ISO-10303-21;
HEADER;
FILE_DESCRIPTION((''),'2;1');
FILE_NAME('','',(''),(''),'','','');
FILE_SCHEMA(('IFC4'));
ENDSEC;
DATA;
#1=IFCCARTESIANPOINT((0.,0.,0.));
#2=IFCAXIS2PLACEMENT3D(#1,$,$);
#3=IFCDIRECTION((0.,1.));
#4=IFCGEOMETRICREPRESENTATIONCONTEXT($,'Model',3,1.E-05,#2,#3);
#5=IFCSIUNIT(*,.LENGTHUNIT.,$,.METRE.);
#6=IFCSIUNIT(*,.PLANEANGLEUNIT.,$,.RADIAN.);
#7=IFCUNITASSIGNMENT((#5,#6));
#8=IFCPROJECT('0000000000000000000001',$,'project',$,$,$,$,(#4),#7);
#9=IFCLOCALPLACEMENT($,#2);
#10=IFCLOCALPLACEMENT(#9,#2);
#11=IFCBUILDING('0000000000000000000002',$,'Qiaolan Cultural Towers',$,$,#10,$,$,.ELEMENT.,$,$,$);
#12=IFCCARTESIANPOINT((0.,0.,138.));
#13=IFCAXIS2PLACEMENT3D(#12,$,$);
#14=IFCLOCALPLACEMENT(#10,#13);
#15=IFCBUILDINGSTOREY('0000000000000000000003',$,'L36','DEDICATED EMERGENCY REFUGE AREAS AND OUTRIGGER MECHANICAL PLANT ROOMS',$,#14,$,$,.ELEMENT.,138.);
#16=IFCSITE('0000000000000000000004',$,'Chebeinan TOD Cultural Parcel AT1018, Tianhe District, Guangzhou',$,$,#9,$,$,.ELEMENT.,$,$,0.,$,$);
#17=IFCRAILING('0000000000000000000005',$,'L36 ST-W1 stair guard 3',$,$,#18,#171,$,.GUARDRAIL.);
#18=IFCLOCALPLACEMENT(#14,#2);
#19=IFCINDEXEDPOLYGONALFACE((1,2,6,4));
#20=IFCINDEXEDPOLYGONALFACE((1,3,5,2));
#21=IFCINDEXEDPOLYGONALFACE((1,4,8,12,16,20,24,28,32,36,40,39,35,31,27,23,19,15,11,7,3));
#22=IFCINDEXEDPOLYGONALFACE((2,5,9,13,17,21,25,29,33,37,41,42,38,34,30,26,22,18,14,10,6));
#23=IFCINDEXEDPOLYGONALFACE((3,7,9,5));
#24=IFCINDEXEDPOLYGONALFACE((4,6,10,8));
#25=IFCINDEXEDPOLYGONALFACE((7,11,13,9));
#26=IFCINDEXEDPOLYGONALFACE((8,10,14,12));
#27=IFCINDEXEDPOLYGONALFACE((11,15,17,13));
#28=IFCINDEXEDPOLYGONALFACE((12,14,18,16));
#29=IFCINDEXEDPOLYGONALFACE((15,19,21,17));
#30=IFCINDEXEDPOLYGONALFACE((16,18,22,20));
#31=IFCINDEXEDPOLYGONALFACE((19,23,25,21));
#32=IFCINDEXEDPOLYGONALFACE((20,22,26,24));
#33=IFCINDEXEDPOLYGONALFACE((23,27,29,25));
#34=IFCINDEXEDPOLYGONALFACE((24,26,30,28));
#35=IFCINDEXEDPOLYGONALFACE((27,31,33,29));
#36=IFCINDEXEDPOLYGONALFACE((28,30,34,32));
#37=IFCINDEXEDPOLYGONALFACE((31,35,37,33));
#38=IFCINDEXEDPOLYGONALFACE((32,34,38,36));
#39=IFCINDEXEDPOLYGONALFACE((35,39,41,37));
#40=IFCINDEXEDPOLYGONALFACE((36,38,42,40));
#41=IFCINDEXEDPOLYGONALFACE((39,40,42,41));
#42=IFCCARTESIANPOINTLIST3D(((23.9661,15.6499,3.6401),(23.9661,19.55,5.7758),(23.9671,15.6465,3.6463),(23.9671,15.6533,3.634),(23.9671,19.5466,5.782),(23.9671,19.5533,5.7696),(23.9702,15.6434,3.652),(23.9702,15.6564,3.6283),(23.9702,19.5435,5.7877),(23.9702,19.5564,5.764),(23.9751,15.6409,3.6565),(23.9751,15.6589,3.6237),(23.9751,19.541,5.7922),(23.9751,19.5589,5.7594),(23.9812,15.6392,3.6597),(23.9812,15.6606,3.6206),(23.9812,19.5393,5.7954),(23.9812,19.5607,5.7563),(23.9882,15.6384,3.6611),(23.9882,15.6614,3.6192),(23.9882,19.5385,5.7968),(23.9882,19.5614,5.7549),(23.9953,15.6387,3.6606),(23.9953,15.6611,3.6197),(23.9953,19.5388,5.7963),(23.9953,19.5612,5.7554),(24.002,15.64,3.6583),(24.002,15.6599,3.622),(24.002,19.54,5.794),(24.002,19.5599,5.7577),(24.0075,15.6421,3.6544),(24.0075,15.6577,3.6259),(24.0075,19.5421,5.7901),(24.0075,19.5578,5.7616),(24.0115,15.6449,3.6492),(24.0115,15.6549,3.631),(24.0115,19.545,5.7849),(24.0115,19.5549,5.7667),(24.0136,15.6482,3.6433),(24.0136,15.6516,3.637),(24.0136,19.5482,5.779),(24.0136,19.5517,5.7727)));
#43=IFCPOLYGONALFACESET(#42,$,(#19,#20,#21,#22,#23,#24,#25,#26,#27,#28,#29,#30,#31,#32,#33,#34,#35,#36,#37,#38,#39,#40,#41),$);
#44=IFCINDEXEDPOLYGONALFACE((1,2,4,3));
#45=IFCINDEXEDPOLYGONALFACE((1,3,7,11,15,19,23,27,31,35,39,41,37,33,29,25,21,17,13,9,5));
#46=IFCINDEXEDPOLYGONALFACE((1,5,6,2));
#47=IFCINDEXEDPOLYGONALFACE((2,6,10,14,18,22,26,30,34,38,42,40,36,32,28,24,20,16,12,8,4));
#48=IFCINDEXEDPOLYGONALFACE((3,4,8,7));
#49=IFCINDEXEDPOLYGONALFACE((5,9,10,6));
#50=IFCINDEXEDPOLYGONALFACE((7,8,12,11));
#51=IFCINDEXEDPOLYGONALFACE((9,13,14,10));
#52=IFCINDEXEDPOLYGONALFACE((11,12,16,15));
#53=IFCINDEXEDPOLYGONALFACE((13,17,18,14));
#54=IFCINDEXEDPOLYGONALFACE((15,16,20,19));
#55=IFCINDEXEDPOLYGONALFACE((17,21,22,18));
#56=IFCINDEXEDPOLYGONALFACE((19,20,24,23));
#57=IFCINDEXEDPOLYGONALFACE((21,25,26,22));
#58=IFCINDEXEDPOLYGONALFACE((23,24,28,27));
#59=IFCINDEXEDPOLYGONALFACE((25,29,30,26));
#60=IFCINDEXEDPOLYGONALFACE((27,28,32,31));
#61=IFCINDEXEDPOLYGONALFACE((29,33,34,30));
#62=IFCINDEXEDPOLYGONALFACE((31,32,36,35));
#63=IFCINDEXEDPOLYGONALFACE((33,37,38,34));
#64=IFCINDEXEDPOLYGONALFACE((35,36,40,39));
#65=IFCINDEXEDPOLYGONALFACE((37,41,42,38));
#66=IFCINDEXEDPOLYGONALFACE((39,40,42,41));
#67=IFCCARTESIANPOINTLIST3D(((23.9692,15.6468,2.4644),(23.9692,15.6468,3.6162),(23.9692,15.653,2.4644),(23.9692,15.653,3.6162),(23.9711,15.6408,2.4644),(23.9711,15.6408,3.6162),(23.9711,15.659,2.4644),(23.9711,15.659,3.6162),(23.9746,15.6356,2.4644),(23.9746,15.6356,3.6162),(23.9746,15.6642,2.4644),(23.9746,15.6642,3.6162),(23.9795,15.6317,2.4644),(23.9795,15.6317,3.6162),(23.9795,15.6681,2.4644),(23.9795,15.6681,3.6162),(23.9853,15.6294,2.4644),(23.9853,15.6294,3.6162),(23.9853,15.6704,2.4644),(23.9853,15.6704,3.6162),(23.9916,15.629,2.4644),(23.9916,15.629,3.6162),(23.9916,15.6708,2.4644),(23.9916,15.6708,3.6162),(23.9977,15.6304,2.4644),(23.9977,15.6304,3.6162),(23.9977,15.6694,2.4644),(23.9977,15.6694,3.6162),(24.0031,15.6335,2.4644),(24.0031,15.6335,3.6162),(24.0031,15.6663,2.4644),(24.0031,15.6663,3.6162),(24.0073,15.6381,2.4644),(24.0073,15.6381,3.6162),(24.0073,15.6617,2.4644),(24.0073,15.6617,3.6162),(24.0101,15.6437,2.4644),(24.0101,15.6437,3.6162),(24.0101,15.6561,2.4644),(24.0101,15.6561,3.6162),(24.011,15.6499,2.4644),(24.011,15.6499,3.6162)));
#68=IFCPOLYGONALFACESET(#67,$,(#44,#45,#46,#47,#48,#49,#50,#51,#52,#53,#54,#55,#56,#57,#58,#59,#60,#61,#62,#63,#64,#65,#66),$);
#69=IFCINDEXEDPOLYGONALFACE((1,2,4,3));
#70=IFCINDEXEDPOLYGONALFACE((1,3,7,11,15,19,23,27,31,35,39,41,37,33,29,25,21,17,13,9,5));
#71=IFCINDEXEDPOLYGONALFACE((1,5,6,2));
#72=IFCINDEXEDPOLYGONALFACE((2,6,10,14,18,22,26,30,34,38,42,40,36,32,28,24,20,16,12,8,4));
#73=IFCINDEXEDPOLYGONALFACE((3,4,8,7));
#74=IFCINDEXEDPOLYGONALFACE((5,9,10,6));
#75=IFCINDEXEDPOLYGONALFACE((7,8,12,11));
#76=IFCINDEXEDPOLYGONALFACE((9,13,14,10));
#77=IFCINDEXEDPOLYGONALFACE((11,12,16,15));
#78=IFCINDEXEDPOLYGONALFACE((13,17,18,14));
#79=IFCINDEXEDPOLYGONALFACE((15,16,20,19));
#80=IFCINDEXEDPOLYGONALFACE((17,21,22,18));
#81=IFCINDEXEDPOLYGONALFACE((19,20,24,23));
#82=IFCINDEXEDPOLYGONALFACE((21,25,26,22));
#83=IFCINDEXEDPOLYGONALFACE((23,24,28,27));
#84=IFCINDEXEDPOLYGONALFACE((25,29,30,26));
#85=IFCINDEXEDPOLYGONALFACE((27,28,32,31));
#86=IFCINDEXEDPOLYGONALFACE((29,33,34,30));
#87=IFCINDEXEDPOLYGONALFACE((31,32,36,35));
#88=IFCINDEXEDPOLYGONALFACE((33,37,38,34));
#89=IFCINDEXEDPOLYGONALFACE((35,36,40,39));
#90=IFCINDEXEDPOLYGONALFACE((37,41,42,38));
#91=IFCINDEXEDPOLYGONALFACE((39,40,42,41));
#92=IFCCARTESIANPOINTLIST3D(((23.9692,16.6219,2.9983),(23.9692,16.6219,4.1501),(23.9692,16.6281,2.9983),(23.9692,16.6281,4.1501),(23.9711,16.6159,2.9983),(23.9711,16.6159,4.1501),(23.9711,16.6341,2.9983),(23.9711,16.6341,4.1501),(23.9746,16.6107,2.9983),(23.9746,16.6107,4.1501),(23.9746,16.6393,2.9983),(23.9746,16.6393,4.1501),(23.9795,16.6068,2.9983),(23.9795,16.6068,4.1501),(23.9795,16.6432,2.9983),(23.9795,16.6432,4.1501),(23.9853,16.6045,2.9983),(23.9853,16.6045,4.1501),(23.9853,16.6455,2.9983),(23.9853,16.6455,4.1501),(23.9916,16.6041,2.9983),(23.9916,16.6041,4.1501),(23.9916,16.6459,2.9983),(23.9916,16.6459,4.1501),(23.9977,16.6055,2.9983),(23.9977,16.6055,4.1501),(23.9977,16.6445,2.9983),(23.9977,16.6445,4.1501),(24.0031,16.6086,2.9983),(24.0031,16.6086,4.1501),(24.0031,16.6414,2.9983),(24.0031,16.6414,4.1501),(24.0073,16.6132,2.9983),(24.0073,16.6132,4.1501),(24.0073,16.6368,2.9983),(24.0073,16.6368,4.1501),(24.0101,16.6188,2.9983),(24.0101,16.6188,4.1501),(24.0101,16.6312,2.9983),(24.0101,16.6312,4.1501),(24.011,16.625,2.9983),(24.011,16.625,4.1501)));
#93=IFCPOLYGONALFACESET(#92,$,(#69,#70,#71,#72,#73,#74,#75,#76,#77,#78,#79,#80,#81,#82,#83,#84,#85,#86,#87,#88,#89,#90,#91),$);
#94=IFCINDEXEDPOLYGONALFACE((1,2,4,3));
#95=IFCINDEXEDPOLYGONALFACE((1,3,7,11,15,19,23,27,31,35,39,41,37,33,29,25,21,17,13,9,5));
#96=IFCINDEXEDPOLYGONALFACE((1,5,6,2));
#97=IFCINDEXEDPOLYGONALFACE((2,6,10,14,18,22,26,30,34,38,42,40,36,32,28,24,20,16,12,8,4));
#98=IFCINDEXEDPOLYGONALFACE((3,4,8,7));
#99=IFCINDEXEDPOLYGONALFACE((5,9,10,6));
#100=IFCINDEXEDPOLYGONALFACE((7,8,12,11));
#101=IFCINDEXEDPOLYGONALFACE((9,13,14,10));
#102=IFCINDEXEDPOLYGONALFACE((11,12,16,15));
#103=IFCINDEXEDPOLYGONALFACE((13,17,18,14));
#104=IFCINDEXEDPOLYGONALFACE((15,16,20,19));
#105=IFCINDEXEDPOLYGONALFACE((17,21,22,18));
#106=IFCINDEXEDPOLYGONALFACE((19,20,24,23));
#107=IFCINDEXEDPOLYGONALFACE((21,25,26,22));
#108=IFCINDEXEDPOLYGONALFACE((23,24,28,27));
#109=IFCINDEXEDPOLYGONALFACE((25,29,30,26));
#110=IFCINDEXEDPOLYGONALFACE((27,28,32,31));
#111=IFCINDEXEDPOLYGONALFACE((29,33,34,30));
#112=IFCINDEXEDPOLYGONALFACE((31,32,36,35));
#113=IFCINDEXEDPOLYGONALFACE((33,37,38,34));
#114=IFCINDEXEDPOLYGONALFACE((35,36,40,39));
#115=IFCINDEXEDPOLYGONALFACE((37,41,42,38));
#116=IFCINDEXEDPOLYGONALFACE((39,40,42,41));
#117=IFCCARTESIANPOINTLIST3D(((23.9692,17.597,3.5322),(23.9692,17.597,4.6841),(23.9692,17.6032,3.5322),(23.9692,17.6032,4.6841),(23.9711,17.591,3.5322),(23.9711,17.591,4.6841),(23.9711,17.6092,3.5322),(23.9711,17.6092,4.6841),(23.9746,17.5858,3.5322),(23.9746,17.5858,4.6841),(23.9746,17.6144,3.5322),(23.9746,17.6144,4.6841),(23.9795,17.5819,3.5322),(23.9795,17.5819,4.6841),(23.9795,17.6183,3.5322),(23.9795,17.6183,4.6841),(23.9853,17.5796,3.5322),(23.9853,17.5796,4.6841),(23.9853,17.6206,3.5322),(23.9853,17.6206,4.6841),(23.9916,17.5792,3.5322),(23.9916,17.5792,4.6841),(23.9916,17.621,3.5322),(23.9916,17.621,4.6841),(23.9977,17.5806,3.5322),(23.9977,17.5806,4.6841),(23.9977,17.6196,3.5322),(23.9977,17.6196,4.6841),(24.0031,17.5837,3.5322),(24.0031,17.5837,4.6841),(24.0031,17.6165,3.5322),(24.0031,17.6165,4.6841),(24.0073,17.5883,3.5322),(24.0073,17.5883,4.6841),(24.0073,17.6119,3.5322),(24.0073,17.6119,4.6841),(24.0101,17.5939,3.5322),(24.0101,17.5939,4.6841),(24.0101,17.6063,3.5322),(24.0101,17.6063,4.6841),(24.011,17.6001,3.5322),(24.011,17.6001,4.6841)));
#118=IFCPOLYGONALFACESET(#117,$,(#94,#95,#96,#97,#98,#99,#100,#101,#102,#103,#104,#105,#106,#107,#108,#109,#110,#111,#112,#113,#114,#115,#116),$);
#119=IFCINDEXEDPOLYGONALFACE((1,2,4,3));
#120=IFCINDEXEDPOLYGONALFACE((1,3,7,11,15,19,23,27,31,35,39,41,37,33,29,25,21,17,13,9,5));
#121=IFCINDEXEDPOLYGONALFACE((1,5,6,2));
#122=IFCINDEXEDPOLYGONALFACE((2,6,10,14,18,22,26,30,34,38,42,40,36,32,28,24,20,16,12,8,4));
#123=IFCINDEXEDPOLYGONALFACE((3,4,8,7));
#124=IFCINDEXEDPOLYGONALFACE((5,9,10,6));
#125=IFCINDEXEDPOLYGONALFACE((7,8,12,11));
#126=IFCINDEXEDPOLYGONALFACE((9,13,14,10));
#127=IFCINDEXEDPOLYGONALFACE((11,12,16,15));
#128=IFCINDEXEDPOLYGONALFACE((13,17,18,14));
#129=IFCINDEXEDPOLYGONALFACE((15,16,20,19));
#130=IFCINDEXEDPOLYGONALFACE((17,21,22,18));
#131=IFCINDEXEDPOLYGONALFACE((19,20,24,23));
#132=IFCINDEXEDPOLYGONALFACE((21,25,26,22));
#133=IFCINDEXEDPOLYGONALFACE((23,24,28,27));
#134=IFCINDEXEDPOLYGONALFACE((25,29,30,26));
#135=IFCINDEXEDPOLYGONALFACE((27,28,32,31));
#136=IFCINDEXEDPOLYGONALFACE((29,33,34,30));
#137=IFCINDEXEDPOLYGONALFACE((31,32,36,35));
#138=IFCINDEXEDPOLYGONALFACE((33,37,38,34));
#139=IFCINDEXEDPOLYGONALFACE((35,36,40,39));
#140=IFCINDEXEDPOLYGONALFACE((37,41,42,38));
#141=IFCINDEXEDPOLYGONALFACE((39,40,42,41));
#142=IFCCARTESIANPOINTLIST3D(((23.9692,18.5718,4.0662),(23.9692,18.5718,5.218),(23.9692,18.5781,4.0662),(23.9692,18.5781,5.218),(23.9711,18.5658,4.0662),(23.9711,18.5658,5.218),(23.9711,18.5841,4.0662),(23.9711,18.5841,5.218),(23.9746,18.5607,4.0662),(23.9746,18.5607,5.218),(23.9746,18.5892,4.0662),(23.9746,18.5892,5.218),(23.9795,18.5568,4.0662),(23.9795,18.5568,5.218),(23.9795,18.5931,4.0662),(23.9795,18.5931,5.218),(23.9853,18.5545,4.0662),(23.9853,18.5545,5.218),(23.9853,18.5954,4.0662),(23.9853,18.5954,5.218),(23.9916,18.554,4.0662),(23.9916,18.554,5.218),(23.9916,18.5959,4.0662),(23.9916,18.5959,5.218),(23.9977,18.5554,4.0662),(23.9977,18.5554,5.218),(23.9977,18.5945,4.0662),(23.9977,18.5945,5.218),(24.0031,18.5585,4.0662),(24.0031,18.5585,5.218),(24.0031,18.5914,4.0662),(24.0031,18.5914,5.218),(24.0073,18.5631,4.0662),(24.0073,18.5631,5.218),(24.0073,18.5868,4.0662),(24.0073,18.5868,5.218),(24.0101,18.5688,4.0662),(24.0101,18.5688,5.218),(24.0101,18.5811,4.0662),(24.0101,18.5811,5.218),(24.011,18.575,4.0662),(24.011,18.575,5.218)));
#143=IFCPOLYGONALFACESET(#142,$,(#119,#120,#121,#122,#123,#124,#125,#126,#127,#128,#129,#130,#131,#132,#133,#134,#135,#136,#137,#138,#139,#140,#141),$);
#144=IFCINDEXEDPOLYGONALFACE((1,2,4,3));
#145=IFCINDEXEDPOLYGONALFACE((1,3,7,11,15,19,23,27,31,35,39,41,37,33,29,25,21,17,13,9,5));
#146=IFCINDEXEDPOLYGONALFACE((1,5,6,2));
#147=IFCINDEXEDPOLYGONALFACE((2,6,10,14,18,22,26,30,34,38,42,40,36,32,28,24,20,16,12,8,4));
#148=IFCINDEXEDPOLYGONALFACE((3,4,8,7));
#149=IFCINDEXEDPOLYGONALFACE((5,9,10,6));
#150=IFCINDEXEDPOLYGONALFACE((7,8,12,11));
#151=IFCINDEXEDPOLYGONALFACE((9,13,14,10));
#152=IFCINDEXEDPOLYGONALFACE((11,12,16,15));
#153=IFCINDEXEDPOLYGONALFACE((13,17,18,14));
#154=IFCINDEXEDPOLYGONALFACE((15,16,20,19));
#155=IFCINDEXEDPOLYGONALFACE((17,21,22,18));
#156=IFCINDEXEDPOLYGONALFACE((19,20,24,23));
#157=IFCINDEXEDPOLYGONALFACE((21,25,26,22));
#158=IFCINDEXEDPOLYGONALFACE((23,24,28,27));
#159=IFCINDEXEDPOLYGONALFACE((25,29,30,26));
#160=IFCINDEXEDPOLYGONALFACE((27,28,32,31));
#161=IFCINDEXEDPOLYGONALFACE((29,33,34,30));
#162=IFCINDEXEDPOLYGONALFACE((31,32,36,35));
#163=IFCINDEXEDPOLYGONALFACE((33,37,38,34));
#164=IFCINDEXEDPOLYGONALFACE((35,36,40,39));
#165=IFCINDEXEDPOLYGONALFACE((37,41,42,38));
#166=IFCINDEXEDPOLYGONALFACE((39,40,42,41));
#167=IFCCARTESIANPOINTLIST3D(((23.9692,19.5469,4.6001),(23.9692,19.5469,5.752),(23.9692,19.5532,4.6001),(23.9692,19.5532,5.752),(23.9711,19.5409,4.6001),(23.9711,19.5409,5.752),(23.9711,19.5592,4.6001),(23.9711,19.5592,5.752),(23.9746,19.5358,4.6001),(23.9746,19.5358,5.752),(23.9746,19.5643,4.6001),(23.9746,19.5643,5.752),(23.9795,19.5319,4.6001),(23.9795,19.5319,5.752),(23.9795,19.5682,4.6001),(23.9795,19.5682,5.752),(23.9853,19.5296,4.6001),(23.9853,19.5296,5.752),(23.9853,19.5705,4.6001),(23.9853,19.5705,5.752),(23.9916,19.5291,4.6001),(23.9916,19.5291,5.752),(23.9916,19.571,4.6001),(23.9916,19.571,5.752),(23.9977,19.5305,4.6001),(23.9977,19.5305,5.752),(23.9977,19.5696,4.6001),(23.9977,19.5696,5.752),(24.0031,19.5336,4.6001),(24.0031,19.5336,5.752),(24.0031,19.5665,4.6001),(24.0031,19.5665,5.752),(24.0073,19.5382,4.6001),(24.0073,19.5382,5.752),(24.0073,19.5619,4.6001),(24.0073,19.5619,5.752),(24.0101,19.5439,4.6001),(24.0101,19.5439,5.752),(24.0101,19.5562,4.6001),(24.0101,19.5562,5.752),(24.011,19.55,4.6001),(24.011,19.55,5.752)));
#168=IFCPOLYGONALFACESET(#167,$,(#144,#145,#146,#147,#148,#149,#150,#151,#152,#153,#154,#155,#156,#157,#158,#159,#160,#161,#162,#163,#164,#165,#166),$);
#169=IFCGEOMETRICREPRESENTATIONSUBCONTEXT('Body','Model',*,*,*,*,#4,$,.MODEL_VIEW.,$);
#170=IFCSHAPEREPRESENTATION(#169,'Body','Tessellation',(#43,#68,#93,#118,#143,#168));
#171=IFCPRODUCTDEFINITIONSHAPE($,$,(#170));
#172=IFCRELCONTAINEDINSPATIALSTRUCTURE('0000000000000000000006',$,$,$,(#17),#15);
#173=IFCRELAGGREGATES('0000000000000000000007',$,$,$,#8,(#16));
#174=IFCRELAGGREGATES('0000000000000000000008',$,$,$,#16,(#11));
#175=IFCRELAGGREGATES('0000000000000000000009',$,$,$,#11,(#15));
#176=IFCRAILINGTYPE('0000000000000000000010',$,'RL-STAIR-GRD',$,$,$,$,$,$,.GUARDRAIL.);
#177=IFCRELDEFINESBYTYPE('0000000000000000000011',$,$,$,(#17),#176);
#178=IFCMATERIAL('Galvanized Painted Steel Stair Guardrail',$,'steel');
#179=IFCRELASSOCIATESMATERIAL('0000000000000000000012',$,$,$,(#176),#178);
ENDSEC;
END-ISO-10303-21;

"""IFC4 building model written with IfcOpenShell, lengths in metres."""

from ifc_helpers import new_model, si_unit, direction, frame, origin, origin_2d, place, context, subcontext, project, spatial, circle, extrude, material, type_object, element, save


model = new_model("IFC4")

# Units and contexts
model_context = context("Model", 3, precision=1e-05, world=origin(), true_north=direction((0.0, 1.0)))
body_context = subcontext(model_context, "Body", "Model", "MODEL_VIEW")
ifc_project = project(units=[si_unit("LENGTHUNIT", "METRE"), si_unit("PLANEANGLEUNIT", "RADIAN")], contexts=[model_context])

# Site, building, storey
site_placement = place(None, origin())
site = spatial("IfcSite", under=ifc_project, at=site_placement, Name="Chebeinan TOD Cultural Parcel AT1018, Tianhe District, Guangzhou", CompositionType="ELEMENT", RefElevation=0.0)
building_placement = place(site_placement, origin())
building = spatial("IfcBuilding", under=site, at=building_placement, Name="Qiaolan Cultural Towers", CompositionType="ELEMENT")
storey_placement = place(building_placement, frame((0.0, 0.0, 138.0)))
storey = spatial("IfcBuildingStorey", under=building, at=storey_placement, Name="L36", Description="DEDICATED EMERGENCY REFUGE AREAS AND OUTRIGGER MECHANICAL PLANT ROOMS", CompositionType="ELEMENT", Elevation=138.0)

# Railing
ifc_material_1 = material(Name="Galvanized Painted Steel Stair Guardrail", Category="steel")
railing_type_1 = type_object("IfcRailingType", Name="RL-STAIR-GRD", PredefinedType="GUARDRAIL", material=ifc_material_1)
railing_1_placement = place(storey_placement, frame((23.99, 15.6499, 2.4644)))
element("IfcRailing", 1, at=railing_1_placement, inside=storey, type_object=railing_type_1, Name="L36 ST-W1 stair guard 3", PredefinedType="GUARDRAIL", context=body_context, shape_type="SweptSolid", body=[
    extrude(circle(Radius=0.0239, at=origin_2d()), frame((0.0, 0.0, 1.1758), z_axis=(0.0, 0.877101, 0.480306), x_axis=(-1.0, 0.0, 0.0)), (0.0, 0.0, 1.0), 4.4465),
    extrude(circle(Radius=0.021, at=origin_2d()), origin(), (0.0, 0.0, 1.0), 1.1519),
    extrude(circle(Radius=0.021, at=origin_2d()), frame((0.0, 0.9751, 0.5339)), (0.0, 0.0, 1.0), 1.1519),
    extrude(circle(Radius=0.021, at=origin_2d()), frame((0.0, 1.9502, 1.0679)), (0.0, 0.0, 1.0), 1.1519),
    extrude(circle(Radius=0.021, at=origin_2d()), frame((0.0, 2.925, 1.6018)), (0.0, 0.0, 1.0), 1.1519),
    extrude(circle(Radius=0.021, at=origin_2d()), frame((0.0, 3.9001, 2.1357)), (0.0, 0.0, 1.0), 1.1519),
])

save(model, "model.ifc")
